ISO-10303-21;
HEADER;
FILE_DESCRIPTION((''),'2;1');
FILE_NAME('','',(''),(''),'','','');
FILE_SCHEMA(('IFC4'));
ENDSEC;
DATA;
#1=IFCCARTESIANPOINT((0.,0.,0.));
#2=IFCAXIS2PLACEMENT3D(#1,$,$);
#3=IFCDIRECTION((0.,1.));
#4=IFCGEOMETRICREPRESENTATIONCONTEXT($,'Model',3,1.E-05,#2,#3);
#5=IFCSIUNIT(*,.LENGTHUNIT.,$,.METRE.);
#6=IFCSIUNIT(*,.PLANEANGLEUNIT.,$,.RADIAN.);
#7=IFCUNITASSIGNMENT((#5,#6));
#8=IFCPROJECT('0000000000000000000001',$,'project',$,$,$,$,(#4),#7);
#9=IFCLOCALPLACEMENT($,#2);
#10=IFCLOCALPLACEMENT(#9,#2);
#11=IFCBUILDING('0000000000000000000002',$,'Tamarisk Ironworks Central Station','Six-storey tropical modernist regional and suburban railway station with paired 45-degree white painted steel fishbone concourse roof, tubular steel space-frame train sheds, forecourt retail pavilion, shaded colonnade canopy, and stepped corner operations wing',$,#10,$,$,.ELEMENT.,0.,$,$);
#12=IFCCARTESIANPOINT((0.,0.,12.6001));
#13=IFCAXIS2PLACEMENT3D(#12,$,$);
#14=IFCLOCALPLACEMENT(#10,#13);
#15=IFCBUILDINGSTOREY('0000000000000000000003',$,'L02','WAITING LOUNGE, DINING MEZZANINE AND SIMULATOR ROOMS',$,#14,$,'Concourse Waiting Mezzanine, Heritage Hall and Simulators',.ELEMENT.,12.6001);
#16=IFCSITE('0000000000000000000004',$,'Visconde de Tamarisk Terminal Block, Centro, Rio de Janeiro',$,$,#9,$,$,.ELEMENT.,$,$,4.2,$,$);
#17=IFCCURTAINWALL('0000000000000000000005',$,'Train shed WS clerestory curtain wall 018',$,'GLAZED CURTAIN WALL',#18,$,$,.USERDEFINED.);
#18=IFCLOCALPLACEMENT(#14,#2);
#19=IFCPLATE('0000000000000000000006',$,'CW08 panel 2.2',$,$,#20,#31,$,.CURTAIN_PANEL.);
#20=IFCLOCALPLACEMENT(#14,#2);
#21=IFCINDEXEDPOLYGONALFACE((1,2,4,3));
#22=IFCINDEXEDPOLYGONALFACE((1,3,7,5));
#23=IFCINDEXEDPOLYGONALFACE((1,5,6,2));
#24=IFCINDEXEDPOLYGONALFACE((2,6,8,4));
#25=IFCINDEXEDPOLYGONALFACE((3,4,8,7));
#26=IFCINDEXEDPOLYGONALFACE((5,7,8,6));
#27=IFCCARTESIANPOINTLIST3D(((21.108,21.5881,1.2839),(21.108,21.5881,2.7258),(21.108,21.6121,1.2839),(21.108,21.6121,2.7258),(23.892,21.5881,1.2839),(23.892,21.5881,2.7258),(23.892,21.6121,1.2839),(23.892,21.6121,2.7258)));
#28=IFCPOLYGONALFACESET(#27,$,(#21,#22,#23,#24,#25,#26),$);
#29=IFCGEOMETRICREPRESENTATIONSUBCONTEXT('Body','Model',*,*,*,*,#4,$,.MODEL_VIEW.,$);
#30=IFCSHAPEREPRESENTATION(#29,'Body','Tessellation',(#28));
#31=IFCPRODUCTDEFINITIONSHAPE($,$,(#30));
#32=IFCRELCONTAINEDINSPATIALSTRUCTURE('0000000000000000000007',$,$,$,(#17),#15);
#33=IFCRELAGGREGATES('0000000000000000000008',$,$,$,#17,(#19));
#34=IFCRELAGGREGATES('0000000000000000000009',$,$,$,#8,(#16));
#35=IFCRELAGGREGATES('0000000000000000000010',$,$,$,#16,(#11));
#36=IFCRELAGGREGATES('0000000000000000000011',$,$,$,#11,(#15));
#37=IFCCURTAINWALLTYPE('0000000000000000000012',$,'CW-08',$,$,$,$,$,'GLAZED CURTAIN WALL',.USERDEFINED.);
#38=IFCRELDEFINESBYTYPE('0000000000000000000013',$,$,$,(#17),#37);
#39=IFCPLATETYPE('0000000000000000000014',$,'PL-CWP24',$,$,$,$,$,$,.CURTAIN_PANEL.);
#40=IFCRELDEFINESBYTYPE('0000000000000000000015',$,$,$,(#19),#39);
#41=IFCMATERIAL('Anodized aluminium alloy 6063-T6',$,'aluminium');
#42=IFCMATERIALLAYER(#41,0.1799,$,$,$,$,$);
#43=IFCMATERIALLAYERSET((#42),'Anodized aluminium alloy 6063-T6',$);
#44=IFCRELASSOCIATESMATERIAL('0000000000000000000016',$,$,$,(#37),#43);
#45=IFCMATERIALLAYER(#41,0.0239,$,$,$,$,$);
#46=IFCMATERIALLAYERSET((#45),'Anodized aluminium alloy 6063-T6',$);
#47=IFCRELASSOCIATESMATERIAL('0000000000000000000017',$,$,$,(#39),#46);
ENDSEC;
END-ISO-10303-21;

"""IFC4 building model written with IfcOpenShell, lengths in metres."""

from ifc_helpers import new_model, si_unit, direction, frame, origin, origin_2d, place, context, subcontext, project, spatial, rectangle, extrude, material, layer, layer_set, type_object, element, aggregate, save


model = new_model("IFC4")

# Units and contexts
model_context = context("Model", 3, precision=1e-05, world=origin(), true_north=direction((0.0, 1.0)))
body_context = subcontext(model_context, "Body", "Model", "MODEL_VIEW")
ifc_project = project(units=[si_unit("LENGTHUNIT", "METRE"), si_unit("PLANEANGLEUNIT", "RADIAN")], contexts=[model_context])

# Site, building, storey
site_placement = place(None, origin())
site = spatial("IfcSite", under=ifc_project, at=site_placement, Name="Visconde de Tamarisk Terminal Block, Centro, Rio de Janeiro", CompositionType="ELEMENT", RefElevation=4.2)
building_placement = place(site_placement, origin())
building = spatial("IfcBuilding", under=site, at=building_placement, Name="Tamarisk Ironworks Central Station", Description="Six-storey tropical modernist regional and suburban railway station with paired 45-degree white painted steel fishbone concourse roof, tubular steel space-frame train sheds, forecourt retail pavilion, shaded colonnade canopy, and stepped corner operations wing", CompositionType="ELEMENT", ElevationOfRefHeight=0.0)
storey_placement = place(building_placement, frame((0.0, 0.0, 12.6001)))
storey = spatial("IfcBuildingStorey", under=building, at=storey_placement, Name="L02", Description="WAITING LOUNGE, DINING MEZZANINE AND SIMULATOR ROOMS", LongName="Concourse Waiting Mezzanine, Heritage Hall and Simulators", CompositionType="ELEMENT", Elevation=12.6001)

# Curtain wall
ifc_material_1 = material(Name="Anodized aluminium alloy 6063-T6", Category="aluminium")
ifc_layer_1 = layer(ifc_material_1, 0.1799)
ifc_layer_set_1 = layer_set([ifc_layer_1], Name="Anodized aluminium alloy 6063-T6")
curtain_wall_type = type_object("IfcCurtainWallType", Name="CW-08", ElementType="GLAZED CURTAIN WALL", PredefinedType="USERDEFINED", material=ifc_layer_set_1)
curtain_wall_1_placement = place(storey_placement, origin())
curtain_wall_1 = element("IfcCurtainWall", 1, at=curtain_wall_1_placement, inside=storey, type_object=curtain_wall_type, Name="Train shed WS clerestory curtain wall 018", ObjectType="GLAZED CURTAIN WALL", PredefinedType="USERDEFINED")

# Plate
ifc_layer_2 = layer(ifc_material_1, 0.0239)
ifc_layer_set_2 = layer_set([ifc_layer_2], Name="Anodized aluminium alloy 6063-T6")
plate_type = type_object("IfcPlateType", Name="PL-CWP24", PredefinedType="CURTAIN_PANEL", material=ifc_layer_set_2)
plate_1_placement = place(storey_placement, frame((22.5, 21.6001, 1.2839), z_axis=(0.0, 0.0, 1.0), x_axis=(1.0, 0.0, 0.0)))
plate_1 = element("IfcPlate", 2, at=plate_1_placement, type_object=plate_type, Name="CW08 panel 2.2", PredefinedType="CURTAIN_PANEL", context=body_context, shape_type="SweptSolid", body=[
    extrude(rectangle(XDim=2.7839, YDim=0.0239, at=origin_2d()), origin(), (0.0, 0.0, 1.0), 1.4419),
])
aggregate(curtain_wall_1, [plate_1])

save(model, "model.ifc")
